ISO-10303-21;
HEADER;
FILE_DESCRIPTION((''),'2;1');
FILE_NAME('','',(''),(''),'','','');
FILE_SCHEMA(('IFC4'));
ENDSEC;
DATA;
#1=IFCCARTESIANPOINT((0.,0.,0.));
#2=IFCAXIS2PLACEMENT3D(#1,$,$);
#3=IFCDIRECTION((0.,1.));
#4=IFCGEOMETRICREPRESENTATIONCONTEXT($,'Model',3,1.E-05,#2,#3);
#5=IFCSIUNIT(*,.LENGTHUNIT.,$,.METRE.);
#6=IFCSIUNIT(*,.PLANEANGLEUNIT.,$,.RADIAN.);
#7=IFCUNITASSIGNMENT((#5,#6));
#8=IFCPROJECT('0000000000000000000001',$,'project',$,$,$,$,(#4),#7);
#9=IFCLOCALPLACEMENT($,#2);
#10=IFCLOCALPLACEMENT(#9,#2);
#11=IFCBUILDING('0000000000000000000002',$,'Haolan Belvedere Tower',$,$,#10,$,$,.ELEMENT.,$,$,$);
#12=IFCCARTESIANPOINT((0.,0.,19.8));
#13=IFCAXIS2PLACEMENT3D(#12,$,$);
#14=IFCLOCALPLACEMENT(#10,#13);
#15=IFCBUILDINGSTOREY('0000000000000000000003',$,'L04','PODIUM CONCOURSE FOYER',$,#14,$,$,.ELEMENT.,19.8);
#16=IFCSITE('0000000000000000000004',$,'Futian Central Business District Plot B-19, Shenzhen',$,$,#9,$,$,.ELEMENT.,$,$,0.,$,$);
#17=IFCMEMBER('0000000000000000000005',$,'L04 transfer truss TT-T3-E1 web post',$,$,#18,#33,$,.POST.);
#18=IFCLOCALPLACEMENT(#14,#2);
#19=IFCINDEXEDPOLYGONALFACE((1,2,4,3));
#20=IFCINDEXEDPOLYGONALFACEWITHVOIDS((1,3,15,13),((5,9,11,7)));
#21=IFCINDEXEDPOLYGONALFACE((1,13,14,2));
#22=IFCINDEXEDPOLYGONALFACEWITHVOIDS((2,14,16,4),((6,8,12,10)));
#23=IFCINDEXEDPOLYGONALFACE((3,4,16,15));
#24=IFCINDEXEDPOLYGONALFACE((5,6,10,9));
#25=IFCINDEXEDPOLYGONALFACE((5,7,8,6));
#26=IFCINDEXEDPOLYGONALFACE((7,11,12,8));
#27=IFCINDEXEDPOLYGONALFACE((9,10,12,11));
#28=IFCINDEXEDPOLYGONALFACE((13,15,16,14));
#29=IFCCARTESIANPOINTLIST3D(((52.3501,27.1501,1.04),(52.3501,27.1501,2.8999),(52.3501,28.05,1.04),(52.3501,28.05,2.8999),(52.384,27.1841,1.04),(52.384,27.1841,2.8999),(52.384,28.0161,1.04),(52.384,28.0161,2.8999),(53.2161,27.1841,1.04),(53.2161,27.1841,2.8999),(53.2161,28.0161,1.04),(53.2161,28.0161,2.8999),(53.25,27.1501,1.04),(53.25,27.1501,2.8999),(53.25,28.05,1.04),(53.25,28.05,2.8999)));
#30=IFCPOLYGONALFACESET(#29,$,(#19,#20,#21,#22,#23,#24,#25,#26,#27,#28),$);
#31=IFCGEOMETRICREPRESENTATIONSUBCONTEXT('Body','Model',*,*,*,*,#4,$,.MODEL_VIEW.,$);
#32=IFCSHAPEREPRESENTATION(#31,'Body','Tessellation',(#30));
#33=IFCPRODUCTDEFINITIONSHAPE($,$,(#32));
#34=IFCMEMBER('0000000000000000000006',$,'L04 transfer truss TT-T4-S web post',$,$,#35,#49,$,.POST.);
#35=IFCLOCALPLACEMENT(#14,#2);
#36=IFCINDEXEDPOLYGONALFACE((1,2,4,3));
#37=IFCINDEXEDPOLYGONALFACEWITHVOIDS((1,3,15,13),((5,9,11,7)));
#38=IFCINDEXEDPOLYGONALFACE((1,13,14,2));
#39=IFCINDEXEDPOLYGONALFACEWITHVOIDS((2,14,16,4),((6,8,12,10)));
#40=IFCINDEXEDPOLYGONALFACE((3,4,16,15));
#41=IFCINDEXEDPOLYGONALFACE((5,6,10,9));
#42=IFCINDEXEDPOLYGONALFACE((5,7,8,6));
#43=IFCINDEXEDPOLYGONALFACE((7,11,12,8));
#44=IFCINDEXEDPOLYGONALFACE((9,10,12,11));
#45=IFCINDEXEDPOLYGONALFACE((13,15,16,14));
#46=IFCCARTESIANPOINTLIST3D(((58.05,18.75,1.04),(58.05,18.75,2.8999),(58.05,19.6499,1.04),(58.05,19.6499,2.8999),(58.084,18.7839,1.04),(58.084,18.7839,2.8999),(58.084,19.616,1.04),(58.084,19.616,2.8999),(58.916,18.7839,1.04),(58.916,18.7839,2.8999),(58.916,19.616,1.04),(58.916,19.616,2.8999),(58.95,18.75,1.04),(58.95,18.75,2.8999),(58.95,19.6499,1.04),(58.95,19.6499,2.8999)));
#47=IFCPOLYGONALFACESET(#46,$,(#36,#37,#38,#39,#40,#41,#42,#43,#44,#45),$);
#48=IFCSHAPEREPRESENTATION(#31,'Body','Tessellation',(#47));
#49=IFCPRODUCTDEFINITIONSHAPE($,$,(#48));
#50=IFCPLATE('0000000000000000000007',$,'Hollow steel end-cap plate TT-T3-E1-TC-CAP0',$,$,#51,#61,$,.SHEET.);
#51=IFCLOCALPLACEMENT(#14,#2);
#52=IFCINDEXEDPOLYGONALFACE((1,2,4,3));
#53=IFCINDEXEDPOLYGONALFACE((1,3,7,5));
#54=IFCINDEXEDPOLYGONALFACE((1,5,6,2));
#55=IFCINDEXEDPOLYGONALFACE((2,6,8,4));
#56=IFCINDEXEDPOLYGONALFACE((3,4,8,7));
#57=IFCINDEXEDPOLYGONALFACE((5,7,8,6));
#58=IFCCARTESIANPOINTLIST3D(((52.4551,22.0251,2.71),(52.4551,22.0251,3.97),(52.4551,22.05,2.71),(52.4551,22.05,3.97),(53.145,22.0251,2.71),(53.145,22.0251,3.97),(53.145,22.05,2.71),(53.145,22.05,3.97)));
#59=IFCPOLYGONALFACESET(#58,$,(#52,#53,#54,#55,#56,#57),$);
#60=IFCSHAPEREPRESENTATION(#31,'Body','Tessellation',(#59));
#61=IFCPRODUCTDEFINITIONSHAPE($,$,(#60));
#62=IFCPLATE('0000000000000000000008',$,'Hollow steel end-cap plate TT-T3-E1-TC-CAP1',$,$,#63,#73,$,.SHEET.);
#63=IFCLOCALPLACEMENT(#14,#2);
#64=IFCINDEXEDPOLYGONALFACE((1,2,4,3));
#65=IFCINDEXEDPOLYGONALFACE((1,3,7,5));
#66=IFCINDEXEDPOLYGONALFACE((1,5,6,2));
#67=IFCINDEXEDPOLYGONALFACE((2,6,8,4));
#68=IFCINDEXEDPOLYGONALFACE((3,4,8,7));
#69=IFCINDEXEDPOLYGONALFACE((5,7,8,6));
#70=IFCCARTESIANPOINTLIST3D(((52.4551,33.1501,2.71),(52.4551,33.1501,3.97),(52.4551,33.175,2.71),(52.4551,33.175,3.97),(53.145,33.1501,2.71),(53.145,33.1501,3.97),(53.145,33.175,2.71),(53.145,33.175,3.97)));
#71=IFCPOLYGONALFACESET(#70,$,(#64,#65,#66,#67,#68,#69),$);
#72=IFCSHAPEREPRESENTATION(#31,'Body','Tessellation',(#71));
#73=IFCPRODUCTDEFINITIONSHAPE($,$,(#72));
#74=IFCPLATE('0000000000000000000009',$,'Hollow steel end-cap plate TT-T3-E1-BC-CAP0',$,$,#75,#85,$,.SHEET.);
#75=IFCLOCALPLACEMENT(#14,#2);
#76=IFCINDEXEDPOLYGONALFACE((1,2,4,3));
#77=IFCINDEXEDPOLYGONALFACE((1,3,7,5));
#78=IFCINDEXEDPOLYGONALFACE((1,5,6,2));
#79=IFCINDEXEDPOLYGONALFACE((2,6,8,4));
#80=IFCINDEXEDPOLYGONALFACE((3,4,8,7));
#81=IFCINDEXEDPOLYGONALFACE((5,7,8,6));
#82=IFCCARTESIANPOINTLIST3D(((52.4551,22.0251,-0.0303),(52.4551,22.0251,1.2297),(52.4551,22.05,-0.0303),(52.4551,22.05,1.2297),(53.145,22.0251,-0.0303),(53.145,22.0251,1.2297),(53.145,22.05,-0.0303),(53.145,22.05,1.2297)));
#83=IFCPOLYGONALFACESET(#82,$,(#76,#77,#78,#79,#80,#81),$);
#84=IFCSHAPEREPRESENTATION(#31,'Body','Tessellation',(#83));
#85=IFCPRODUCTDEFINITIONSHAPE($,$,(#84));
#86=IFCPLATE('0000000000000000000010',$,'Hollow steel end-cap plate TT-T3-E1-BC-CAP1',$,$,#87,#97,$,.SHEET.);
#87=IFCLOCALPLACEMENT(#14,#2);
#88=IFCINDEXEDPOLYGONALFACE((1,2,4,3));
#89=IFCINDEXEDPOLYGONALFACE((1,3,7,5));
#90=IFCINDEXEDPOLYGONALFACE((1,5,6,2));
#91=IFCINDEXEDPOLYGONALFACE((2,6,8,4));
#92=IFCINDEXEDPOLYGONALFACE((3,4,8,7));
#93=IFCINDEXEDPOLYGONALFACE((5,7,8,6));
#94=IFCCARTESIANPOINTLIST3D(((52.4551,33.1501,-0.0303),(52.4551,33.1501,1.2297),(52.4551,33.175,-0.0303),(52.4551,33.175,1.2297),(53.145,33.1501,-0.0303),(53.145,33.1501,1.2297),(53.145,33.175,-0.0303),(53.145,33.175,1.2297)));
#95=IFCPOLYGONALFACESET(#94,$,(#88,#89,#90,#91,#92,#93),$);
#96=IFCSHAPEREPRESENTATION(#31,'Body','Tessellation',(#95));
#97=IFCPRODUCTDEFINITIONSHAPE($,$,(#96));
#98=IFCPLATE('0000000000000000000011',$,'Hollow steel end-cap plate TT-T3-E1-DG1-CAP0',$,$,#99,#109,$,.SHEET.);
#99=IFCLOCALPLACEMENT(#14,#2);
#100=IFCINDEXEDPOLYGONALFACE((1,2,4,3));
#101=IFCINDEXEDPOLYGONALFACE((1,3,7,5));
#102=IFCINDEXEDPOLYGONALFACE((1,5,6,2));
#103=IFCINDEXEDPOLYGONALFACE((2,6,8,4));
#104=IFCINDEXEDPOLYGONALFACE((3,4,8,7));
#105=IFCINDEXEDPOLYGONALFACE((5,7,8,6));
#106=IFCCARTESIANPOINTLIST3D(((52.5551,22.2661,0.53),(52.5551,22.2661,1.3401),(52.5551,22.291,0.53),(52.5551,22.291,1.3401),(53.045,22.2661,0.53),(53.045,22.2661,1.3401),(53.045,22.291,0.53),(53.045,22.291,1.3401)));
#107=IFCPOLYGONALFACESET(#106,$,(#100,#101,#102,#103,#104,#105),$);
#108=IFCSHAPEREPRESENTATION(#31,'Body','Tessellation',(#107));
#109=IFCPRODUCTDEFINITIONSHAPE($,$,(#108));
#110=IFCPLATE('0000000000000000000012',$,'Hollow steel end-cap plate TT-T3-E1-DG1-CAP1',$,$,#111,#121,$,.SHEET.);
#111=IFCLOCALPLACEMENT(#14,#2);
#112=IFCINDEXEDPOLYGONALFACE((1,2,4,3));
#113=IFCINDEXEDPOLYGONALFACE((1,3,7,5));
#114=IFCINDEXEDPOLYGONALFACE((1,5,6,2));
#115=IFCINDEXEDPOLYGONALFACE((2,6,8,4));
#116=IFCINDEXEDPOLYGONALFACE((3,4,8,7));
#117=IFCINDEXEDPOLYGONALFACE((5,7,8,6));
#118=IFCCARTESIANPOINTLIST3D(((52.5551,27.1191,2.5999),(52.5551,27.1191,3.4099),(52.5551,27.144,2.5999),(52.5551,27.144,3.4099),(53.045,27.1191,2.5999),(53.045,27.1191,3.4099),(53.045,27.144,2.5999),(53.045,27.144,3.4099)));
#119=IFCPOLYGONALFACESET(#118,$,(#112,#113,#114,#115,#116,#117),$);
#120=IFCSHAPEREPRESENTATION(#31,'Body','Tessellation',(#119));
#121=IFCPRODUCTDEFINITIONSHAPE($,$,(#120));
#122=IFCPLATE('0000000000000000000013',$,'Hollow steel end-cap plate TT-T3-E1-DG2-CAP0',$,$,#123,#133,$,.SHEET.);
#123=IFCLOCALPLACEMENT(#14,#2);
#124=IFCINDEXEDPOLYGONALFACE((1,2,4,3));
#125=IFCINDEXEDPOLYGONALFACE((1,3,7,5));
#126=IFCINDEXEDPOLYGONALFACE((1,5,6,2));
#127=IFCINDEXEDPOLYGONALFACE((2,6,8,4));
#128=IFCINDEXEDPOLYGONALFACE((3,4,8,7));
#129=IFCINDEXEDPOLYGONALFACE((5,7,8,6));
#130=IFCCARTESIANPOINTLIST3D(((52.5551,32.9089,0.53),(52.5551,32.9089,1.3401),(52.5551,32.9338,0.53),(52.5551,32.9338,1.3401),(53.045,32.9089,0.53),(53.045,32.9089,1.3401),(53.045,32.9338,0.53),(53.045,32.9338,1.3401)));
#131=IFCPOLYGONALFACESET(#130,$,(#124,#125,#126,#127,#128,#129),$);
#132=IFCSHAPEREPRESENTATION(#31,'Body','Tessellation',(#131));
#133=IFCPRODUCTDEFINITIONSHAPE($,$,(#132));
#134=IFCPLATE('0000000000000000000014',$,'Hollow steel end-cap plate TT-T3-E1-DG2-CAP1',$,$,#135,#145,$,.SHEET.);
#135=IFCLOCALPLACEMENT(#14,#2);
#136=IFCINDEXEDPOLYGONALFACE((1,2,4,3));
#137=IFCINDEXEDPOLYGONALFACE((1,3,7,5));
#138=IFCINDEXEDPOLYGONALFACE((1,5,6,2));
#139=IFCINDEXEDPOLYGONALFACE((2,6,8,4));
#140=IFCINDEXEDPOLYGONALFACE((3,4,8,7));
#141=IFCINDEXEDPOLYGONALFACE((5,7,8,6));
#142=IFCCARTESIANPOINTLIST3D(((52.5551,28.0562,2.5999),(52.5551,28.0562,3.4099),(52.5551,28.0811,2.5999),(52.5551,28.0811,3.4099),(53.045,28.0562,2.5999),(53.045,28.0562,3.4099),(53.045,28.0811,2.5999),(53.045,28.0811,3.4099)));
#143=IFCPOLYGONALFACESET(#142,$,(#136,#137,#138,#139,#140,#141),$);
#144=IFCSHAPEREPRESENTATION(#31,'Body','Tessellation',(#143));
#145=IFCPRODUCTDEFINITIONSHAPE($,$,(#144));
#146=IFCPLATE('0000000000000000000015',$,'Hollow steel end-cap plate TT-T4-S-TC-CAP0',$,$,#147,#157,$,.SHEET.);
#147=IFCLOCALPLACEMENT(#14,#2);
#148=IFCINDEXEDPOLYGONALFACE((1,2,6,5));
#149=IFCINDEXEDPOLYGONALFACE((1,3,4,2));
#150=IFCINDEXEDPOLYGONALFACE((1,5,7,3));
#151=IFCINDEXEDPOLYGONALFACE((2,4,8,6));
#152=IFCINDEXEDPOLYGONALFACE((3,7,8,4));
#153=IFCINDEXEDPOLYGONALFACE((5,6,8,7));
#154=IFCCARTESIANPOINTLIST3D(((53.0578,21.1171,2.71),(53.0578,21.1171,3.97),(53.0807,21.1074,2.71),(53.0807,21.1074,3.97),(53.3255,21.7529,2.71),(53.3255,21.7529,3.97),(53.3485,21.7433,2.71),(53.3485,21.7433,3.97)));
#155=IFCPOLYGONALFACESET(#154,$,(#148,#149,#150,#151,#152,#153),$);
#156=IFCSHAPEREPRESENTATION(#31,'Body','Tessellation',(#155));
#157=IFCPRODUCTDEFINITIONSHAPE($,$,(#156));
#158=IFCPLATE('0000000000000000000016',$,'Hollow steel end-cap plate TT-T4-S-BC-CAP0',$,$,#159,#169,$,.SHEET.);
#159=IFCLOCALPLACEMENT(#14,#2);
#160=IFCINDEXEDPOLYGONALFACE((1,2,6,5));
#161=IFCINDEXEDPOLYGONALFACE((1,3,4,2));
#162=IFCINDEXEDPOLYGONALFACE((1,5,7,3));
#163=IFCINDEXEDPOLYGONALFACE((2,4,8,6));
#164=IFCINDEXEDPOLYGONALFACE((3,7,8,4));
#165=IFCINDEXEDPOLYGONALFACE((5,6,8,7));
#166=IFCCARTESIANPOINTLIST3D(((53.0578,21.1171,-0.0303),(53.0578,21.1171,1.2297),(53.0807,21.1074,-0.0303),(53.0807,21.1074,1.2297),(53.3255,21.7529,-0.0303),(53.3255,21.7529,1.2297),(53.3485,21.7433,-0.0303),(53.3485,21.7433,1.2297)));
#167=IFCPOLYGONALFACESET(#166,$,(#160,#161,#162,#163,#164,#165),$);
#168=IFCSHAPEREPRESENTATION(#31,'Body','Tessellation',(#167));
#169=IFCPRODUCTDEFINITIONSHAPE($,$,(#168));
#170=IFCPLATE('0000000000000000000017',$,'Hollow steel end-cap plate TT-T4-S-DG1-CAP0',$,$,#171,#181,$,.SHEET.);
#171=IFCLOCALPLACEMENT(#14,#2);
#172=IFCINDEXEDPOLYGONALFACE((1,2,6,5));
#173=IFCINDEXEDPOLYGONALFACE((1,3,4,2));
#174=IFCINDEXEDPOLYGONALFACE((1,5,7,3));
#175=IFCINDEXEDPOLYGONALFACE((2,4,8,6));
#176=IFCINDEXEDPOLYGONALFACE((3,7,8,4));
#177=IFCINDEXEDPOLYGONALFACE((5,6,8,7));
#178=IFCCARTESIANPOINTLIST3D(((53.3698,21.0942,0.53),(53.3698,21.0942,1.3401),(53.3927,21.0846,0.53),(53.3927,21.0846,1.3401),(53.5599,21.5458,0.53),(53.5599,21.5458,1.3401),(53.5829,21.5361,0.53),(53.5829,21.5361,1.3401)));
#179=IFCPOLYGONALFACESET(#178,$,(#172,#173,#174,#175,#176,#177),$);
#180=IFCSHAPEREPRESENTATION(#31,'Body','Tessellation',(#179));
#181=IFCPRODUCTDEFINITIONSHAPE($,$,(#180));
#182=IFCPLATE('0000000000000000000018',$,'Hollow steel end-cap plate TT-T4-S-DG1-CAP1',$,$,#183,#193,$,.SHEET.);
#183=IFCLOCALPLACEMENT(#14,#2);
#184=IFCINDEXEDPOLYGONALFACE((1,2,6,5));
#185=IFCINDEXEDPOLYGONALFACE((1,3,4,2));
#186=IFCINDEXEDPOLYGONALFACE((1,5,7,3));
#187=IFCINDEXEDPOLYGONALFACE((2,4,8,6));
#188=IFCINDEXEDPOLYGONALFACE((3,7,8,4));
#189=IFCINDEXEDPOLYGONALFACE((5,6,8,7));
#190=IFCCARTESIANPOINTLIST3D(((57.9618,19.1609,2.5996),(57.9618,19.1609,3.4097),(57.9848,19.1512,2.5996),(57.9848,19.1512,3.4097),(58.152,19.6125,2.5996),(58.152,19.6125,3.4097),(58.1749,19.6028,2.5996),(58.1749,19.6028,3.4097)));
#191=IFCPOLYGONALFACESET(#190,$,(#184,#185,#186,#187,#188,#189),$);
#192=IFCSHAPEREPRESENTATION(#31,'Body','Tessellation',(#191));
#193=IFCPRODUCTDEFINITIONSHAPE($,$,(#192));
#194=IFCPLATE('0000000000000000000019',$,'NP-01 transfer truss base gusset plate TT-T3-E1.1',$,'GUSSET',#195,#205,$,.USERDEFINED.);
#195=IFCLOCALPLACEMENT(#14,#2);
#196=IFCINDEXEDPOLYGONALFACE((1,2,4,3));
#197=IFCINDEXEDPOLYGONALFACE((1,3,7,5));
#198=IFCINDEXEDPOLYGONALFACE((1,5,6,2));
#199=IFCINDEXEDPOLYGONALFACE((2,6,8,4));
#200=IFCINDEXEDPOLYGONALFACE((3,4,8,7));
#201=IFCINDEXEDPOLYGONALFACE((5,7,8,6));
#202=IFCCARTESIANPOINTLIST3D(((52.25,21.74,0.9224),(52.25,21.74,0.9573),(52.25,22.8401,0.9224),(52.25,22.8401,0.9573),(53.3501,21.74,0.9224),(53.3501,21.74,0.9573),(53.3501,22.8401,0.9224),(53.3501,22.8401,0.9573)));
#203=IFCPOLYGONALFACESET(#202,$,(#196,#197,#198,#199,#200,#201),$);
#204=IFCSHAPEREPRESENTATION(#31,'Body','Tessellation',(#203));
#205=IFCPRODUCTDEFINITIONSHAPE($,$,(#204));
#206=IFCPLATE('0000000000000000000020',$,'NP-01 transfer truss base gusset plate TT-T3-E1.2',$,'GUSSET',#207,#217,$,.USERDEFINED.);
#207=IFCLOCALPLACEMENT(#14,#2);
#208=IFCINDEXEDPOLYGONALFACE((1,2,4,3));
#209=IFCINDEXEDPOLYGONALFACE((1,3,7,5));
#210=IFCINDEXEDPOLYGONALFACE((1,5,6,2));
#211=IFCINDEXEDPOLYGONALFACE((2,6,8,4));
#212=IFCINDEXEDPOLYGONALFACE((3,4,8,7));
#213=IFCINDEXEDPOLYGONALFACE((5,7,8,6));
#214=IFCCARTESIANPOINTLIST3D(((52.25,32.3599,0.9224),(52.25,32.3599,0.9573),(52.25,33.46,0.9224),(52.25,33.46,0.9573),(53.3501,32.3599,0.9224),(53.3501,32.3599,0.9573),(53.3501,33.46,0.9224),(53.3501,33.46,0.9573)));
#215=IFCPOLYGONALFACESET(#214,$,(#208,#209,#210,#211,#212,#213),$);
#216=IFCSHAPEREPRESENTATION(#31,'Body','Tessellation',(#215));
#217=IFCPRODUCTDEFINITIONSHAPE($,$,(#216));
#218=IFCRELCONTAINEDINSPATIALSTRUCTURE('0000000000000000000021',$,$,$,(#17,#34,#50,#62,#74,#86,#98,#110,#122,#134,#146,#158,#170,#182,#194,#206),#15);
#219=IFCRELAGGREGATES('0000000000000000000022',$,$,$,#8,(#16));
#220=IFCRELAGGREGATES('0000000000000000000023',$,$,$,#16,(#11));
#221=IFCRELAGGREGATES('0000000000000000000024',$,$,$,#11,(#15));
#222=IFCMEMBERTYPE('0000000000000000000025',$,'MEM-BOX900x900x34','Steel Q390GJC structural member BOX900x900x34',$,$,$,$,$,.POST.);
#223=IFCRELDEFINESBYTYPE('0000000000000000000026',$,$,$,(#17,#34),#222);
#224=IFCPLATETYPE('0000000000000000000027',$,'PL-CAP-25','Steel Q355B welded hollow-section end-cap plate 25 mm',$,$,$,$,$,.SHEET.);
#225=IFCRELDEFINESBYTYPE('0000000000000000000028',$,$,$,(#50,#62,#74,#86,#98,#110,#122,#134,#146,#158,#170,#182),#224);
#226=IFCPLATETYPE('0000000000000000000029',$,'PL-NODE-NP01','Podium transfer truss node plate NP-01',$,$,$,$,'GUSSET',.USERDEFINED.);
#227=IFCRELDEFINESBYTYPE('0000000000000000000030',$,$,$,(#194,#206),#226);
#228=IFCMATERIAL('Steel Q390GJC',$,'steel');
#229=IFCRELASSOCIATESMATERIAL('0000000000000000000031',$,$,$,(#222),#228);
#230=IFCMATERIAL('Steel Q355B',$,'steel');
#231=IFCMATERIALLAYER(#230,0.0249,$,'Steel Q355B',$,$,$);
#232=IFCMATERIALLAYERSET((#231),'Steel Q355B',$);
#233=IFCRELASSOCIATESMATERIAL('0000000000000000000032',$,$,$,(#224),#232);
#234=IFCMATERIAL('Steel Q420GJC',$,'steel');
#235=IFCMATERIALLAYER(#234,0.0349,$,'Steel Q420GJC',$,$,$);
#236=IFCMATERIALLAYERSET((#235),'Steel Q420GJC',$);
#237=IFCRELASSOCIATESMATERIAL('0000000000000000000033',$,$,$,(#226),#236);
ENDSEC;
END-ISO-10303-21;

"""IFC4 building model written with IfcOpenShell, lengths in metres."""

from ifc_helpers import new_model, si_unit, direction, frame, origin, origin_2d, place, context, subcontext, project, spatial, rectangle, hollow_rectangle, extrude, material, layer, layer_set, material_profile, profile_set, type_object, element, save


model = new_model("IFC4")

# Units and contexts
model_context = context("Model", 3, precision=1e-05, world=origin(), true_north=direction((0.0, 1.0)))
body_context = subcontext(model_context, "Body", "Model", "MODEL_VIEW")
ifc_project = project(units=[si_unit("LENGTHUNIT", "METRE"), si_unit("PLANEANGLEUNIT", "RADIAN")], contexts=[model_context])

# Site, building, storey
site_placement = place(None, origin())
site = spatial("IfcSite", under=ifc_project, at=site_placement, Name="Futian Central Business District Plot B-19, Shenzhen", CompositionType="ELEMENT", RefElevation=0.0)
building_placement = place(site_placement, origin())
building = spatial("IfcBuilding", under=site, at=building_placement, Name="Haolan Belvedere Tower", CompositionType="ELEMENT")
storey_placement = place(building_placement, frame((0.0, 0.0, 19.8)))
storey = spatial("IfcBuildingStorey", under=building, at=storey_placement, Name="L04", Description="PODIUM CONCOURSE FOYER", CompositionType="ELEMENT", Elevation=19.8)

# Shared definitions
ifc_material_1 = material(Name="Steel Q355B", Category="steel")

# Shared definitions
ifc_material_2 = material(Name="Steel Q420GJC", Category="steel")

# Members
ifc_material_3 = material(Name="Steel Q390GJC", Category="steel")
ifc_material_profile_1 = material_profile(ifc_material_3, hollow_rectangle(XDim=0.8999, YDim=0.8999, WallThickness=0.0339, at=origin_2d()), Name="Steel Q390GJC")
ifc_profile_set_1 = profile_set([ifc_material_profile_1], Name="Steel Q390GJC")
member_type_1 = type_object("IfcMemberType", Name="MEM-BOX900x900x34", Description="Steel Q390GJC structural member BOX900x900x34", PredefinedType="POST", material=ifc_profile_set_1)
for number, where, z_axis, x_axis, name in (
    (1, (52.8, 27.6001, 1.04), (0.0, 0.0, 1.0), (1.0, 0.0, 0.0), "L04 transfer truss TT-T3-E1 web post"),
    (2, (58.5, 19.2, 1.04), (0.0, 0.0, 1.0), (1.0, 0.0, 0.0), "L04 transfer truss TT-T4-S web post"),
):
    element("IfcMember", number, at=place(storey_placement, frame(where, z_axis=z_axis, x_axis=x_axis)), inside=storey, type_object=member_type_1, Name=name, PredefinedType="POST", context=body_context, shape_type="SweptSolid", body=[
        extrude(hollow_rectangle(XDim=0.8999, YDim=0.8999, WallThickness=0.0339, at=origin_2d()), origin(), (0.0, 0.0, 1.0), 1.8599),
    ])

# Plates
ifc_layer_1 = layer(ifc_material_1, 0.0249, Name="Steel Q355B")
ifc_layer_set_1 = layer_set([ifc_layer_1], Name="Steel Q355B")
plate_type_1 = type_object("IfcPlateType", Name="PL-CAP-25", Description="Steel Q355B welded hollow-section end-cap plate 25 mm", PredefinedType="SHEET", material=ifc_layer_set_1)
for number, where, z_axis, x_axis, name in (
    (3, (52.8, 22.0376, 2.71), (0.0, 0.0, 1.0), (1.0, 0.0, 0.0), "Hollow steel end-cap plate TT-T3-E1-TC-CAP0"),
    (4, (52.8, 33.1626, 2.71), (0.0, 0.0, 1.0), (-1.0, 0.0, 0.0), "Hollow steel end-cap plate TT-T3-E1-TC-CAP1"),
    (5, (52.8, 22.0376, -0.0303), (0.0, 0.0, 1.0), (1.0, 0.0, 0.0), "Hollow steel end-cap plate TT-T3-E1-BC-CAP0"),
    (6, (52.8, 33.1626, -0.0303), (0.0, 0.0, 1.0), (-1.0, 0.0, 0.0), "Hollow steel end-cap plate TT-T3-E1-BC-CAP1"),
):
    element("IfcPlate", number, at=place(storey_placement, frame(where, z_axis=z_axis, x_axis=x_axis)), inside=storey, type_object=plate_type_1, Name=name, PredefinedType="SHEET", context=body_context, shape_type="SweptSolid", body=[
        extrude(rectangle(XDim=0.6899, YDim=0.0249, at=origin_2d()), origin(), (0.0, 0.0, 1.0), 1.26),
    ])
for number, where, z_axis, x_axis, name in (
    (7, (52.8, 22.2786, 0.53), (0.0, 0.0, 1.0), (1.0, 0.0, 0.0), "Hollow steel end-cap plate TT-T3-E1-DG1-CAP0"),
    (8, (52.8, 27.1316, 2.5999), (0.0, 0.0, 1.0), (-1.0, 0.0, 0.0), "Hollow steel end-cap plate TT-T3-E1-DG1-CAP1"),
    (9, (52.8, 32.9214, 0.53), (0.0, 0.0, 1.0), (-1.0, 0.0, 0.0), "Hollow steel end-cap plate TT-T3-E1-DG2-CAP0"),
    (10, (52.8, 28.0686, 2.5999), (0.0, 0.0, 1.0), (1.0, 0.0, 0.0), "Hollow steel end-cap plate TT-T3-E1-DG2-CAP1"),
):
    element("IfcPlate", number, at=place(storey_placement, frame(where, z_axis=z_axis, x_axis=x_axis)), inside=storey, type_object=plate_type_1, Name=name, PredefinedType="SHEET", context=body_context, shape_type="SweptSolid", body=[
        extrude(rectangle(XDim=0.49, YDim=0.0249, at=origin_2d()), origin(), (0.0, 0.0, 1.0), 0.8101),
    ])
for number, where, z_axis, x_axis, name in (
    (11, (53.2031, 21.4302, 2.71), (0.0, 0.0, 1.0), (-0.388063, -0.921633, 0.0), "Hollow steel end-cap plate TT-T4-S-TC-CAP0"),
    (12, (53.2031, 21.4302, -0.0303), (0.0, 0.0, 1.0), (-0.388063, -0.921633, 0.0), "Hollow steel end-cap plate TT-T4-S-BC-CAP0"),
):
    element("IfcPlate", number, at=place(storey_placement, frame(where, z_axis=z_axis, x_axis=x_axis)), inside=storey, type_object=plate_type_1, Name=name, PredefinedType="SHEET", context=body_context, shape_type="SweptSolid", body=[
        extrude(rectangle(XDim=0.6899, YDim=0.0249, at=origin_2d()), origin(), (0.0, 0.0, 1.0), 1.26),
    ])
for number, where, z_axis, x_axis, name in (
    (13, (53.4763, 21.3152, 0.53), (0.0, 0.0, 1.0), (-0.388063, -0.921633, 0.0), "Hollow steel end-cap plate TT-T4-S-DG1-CAP0"),
    (14, (58.0684, 19.3818, 2.5996), (0.0, 0.0, 1.0), (0.388063, 0.921633, 0.0), "Hollow steel end-cap plate TT-T4-S-DG1-CAP1"),
):
    element("IfcPlate", number, at=place(storey_placement, frame(where, z_axis=z_axis, x_axis=x_axis)), inside=storey, type_object=plate_type_1, Name=name, PredefinedType="SHEET", context=body_context, shape_type="SweptSolid", body=[
        extrude(rectangle(XDim=0.49, YDim=0.0249, at=origin_2d()), origin(), (0.0, 0.0, 1.0), 0.8101),
    ])
ifc_layer_2 = layer(ifc_material_2, 0.0349, Name="Steel Q420GJC")
ifc_layer_set_2 = layer_set([ifc_layer_2], Name="Steel Q420GJC")
plate_type_2 = type_object("IfcPlateType", Name="PL-NODE-NP01", Description="Podium transfer truss node plate NP-01", ElementType="GUSSET", PredefinedType="USERDEFINED", material=ifc_layer_set_2)
for number, where, z_axis, x_axis, name in (
    (15, (52.8, 22.29, 0.9224), (0.0, 0.0, 1.0), (1.0, 0.0, 0.0), "NP-01 transfer truss base gusset plate TT-T3-E1.1"),
    (16, (52.8, 32.9099, 0.9224), (0.0, 0.0, 1.0), (1.0, 0.0, 0.0), "NP-01 transfer truss base gusset plate TT-T3-E1.2"),
):
    element("IfcPlate", number, at=place(storey_placement, frame(where, z_axis=z_axis, x_axis=x_axis)), inside=storey, type_object=plate_type_2, Name=name, ObjectType="GUSSET", PredefinedType="USERDEFINED", context=body_context, shape_type="SweptSolid", body=[
        extrude(rectangle(XDim=1.1001, YDim=1.1001, at=origin_2d()), origin(), (0.0, 0.0, 1.0), 0.0349),
    ])

save(model, "model.ifc")
